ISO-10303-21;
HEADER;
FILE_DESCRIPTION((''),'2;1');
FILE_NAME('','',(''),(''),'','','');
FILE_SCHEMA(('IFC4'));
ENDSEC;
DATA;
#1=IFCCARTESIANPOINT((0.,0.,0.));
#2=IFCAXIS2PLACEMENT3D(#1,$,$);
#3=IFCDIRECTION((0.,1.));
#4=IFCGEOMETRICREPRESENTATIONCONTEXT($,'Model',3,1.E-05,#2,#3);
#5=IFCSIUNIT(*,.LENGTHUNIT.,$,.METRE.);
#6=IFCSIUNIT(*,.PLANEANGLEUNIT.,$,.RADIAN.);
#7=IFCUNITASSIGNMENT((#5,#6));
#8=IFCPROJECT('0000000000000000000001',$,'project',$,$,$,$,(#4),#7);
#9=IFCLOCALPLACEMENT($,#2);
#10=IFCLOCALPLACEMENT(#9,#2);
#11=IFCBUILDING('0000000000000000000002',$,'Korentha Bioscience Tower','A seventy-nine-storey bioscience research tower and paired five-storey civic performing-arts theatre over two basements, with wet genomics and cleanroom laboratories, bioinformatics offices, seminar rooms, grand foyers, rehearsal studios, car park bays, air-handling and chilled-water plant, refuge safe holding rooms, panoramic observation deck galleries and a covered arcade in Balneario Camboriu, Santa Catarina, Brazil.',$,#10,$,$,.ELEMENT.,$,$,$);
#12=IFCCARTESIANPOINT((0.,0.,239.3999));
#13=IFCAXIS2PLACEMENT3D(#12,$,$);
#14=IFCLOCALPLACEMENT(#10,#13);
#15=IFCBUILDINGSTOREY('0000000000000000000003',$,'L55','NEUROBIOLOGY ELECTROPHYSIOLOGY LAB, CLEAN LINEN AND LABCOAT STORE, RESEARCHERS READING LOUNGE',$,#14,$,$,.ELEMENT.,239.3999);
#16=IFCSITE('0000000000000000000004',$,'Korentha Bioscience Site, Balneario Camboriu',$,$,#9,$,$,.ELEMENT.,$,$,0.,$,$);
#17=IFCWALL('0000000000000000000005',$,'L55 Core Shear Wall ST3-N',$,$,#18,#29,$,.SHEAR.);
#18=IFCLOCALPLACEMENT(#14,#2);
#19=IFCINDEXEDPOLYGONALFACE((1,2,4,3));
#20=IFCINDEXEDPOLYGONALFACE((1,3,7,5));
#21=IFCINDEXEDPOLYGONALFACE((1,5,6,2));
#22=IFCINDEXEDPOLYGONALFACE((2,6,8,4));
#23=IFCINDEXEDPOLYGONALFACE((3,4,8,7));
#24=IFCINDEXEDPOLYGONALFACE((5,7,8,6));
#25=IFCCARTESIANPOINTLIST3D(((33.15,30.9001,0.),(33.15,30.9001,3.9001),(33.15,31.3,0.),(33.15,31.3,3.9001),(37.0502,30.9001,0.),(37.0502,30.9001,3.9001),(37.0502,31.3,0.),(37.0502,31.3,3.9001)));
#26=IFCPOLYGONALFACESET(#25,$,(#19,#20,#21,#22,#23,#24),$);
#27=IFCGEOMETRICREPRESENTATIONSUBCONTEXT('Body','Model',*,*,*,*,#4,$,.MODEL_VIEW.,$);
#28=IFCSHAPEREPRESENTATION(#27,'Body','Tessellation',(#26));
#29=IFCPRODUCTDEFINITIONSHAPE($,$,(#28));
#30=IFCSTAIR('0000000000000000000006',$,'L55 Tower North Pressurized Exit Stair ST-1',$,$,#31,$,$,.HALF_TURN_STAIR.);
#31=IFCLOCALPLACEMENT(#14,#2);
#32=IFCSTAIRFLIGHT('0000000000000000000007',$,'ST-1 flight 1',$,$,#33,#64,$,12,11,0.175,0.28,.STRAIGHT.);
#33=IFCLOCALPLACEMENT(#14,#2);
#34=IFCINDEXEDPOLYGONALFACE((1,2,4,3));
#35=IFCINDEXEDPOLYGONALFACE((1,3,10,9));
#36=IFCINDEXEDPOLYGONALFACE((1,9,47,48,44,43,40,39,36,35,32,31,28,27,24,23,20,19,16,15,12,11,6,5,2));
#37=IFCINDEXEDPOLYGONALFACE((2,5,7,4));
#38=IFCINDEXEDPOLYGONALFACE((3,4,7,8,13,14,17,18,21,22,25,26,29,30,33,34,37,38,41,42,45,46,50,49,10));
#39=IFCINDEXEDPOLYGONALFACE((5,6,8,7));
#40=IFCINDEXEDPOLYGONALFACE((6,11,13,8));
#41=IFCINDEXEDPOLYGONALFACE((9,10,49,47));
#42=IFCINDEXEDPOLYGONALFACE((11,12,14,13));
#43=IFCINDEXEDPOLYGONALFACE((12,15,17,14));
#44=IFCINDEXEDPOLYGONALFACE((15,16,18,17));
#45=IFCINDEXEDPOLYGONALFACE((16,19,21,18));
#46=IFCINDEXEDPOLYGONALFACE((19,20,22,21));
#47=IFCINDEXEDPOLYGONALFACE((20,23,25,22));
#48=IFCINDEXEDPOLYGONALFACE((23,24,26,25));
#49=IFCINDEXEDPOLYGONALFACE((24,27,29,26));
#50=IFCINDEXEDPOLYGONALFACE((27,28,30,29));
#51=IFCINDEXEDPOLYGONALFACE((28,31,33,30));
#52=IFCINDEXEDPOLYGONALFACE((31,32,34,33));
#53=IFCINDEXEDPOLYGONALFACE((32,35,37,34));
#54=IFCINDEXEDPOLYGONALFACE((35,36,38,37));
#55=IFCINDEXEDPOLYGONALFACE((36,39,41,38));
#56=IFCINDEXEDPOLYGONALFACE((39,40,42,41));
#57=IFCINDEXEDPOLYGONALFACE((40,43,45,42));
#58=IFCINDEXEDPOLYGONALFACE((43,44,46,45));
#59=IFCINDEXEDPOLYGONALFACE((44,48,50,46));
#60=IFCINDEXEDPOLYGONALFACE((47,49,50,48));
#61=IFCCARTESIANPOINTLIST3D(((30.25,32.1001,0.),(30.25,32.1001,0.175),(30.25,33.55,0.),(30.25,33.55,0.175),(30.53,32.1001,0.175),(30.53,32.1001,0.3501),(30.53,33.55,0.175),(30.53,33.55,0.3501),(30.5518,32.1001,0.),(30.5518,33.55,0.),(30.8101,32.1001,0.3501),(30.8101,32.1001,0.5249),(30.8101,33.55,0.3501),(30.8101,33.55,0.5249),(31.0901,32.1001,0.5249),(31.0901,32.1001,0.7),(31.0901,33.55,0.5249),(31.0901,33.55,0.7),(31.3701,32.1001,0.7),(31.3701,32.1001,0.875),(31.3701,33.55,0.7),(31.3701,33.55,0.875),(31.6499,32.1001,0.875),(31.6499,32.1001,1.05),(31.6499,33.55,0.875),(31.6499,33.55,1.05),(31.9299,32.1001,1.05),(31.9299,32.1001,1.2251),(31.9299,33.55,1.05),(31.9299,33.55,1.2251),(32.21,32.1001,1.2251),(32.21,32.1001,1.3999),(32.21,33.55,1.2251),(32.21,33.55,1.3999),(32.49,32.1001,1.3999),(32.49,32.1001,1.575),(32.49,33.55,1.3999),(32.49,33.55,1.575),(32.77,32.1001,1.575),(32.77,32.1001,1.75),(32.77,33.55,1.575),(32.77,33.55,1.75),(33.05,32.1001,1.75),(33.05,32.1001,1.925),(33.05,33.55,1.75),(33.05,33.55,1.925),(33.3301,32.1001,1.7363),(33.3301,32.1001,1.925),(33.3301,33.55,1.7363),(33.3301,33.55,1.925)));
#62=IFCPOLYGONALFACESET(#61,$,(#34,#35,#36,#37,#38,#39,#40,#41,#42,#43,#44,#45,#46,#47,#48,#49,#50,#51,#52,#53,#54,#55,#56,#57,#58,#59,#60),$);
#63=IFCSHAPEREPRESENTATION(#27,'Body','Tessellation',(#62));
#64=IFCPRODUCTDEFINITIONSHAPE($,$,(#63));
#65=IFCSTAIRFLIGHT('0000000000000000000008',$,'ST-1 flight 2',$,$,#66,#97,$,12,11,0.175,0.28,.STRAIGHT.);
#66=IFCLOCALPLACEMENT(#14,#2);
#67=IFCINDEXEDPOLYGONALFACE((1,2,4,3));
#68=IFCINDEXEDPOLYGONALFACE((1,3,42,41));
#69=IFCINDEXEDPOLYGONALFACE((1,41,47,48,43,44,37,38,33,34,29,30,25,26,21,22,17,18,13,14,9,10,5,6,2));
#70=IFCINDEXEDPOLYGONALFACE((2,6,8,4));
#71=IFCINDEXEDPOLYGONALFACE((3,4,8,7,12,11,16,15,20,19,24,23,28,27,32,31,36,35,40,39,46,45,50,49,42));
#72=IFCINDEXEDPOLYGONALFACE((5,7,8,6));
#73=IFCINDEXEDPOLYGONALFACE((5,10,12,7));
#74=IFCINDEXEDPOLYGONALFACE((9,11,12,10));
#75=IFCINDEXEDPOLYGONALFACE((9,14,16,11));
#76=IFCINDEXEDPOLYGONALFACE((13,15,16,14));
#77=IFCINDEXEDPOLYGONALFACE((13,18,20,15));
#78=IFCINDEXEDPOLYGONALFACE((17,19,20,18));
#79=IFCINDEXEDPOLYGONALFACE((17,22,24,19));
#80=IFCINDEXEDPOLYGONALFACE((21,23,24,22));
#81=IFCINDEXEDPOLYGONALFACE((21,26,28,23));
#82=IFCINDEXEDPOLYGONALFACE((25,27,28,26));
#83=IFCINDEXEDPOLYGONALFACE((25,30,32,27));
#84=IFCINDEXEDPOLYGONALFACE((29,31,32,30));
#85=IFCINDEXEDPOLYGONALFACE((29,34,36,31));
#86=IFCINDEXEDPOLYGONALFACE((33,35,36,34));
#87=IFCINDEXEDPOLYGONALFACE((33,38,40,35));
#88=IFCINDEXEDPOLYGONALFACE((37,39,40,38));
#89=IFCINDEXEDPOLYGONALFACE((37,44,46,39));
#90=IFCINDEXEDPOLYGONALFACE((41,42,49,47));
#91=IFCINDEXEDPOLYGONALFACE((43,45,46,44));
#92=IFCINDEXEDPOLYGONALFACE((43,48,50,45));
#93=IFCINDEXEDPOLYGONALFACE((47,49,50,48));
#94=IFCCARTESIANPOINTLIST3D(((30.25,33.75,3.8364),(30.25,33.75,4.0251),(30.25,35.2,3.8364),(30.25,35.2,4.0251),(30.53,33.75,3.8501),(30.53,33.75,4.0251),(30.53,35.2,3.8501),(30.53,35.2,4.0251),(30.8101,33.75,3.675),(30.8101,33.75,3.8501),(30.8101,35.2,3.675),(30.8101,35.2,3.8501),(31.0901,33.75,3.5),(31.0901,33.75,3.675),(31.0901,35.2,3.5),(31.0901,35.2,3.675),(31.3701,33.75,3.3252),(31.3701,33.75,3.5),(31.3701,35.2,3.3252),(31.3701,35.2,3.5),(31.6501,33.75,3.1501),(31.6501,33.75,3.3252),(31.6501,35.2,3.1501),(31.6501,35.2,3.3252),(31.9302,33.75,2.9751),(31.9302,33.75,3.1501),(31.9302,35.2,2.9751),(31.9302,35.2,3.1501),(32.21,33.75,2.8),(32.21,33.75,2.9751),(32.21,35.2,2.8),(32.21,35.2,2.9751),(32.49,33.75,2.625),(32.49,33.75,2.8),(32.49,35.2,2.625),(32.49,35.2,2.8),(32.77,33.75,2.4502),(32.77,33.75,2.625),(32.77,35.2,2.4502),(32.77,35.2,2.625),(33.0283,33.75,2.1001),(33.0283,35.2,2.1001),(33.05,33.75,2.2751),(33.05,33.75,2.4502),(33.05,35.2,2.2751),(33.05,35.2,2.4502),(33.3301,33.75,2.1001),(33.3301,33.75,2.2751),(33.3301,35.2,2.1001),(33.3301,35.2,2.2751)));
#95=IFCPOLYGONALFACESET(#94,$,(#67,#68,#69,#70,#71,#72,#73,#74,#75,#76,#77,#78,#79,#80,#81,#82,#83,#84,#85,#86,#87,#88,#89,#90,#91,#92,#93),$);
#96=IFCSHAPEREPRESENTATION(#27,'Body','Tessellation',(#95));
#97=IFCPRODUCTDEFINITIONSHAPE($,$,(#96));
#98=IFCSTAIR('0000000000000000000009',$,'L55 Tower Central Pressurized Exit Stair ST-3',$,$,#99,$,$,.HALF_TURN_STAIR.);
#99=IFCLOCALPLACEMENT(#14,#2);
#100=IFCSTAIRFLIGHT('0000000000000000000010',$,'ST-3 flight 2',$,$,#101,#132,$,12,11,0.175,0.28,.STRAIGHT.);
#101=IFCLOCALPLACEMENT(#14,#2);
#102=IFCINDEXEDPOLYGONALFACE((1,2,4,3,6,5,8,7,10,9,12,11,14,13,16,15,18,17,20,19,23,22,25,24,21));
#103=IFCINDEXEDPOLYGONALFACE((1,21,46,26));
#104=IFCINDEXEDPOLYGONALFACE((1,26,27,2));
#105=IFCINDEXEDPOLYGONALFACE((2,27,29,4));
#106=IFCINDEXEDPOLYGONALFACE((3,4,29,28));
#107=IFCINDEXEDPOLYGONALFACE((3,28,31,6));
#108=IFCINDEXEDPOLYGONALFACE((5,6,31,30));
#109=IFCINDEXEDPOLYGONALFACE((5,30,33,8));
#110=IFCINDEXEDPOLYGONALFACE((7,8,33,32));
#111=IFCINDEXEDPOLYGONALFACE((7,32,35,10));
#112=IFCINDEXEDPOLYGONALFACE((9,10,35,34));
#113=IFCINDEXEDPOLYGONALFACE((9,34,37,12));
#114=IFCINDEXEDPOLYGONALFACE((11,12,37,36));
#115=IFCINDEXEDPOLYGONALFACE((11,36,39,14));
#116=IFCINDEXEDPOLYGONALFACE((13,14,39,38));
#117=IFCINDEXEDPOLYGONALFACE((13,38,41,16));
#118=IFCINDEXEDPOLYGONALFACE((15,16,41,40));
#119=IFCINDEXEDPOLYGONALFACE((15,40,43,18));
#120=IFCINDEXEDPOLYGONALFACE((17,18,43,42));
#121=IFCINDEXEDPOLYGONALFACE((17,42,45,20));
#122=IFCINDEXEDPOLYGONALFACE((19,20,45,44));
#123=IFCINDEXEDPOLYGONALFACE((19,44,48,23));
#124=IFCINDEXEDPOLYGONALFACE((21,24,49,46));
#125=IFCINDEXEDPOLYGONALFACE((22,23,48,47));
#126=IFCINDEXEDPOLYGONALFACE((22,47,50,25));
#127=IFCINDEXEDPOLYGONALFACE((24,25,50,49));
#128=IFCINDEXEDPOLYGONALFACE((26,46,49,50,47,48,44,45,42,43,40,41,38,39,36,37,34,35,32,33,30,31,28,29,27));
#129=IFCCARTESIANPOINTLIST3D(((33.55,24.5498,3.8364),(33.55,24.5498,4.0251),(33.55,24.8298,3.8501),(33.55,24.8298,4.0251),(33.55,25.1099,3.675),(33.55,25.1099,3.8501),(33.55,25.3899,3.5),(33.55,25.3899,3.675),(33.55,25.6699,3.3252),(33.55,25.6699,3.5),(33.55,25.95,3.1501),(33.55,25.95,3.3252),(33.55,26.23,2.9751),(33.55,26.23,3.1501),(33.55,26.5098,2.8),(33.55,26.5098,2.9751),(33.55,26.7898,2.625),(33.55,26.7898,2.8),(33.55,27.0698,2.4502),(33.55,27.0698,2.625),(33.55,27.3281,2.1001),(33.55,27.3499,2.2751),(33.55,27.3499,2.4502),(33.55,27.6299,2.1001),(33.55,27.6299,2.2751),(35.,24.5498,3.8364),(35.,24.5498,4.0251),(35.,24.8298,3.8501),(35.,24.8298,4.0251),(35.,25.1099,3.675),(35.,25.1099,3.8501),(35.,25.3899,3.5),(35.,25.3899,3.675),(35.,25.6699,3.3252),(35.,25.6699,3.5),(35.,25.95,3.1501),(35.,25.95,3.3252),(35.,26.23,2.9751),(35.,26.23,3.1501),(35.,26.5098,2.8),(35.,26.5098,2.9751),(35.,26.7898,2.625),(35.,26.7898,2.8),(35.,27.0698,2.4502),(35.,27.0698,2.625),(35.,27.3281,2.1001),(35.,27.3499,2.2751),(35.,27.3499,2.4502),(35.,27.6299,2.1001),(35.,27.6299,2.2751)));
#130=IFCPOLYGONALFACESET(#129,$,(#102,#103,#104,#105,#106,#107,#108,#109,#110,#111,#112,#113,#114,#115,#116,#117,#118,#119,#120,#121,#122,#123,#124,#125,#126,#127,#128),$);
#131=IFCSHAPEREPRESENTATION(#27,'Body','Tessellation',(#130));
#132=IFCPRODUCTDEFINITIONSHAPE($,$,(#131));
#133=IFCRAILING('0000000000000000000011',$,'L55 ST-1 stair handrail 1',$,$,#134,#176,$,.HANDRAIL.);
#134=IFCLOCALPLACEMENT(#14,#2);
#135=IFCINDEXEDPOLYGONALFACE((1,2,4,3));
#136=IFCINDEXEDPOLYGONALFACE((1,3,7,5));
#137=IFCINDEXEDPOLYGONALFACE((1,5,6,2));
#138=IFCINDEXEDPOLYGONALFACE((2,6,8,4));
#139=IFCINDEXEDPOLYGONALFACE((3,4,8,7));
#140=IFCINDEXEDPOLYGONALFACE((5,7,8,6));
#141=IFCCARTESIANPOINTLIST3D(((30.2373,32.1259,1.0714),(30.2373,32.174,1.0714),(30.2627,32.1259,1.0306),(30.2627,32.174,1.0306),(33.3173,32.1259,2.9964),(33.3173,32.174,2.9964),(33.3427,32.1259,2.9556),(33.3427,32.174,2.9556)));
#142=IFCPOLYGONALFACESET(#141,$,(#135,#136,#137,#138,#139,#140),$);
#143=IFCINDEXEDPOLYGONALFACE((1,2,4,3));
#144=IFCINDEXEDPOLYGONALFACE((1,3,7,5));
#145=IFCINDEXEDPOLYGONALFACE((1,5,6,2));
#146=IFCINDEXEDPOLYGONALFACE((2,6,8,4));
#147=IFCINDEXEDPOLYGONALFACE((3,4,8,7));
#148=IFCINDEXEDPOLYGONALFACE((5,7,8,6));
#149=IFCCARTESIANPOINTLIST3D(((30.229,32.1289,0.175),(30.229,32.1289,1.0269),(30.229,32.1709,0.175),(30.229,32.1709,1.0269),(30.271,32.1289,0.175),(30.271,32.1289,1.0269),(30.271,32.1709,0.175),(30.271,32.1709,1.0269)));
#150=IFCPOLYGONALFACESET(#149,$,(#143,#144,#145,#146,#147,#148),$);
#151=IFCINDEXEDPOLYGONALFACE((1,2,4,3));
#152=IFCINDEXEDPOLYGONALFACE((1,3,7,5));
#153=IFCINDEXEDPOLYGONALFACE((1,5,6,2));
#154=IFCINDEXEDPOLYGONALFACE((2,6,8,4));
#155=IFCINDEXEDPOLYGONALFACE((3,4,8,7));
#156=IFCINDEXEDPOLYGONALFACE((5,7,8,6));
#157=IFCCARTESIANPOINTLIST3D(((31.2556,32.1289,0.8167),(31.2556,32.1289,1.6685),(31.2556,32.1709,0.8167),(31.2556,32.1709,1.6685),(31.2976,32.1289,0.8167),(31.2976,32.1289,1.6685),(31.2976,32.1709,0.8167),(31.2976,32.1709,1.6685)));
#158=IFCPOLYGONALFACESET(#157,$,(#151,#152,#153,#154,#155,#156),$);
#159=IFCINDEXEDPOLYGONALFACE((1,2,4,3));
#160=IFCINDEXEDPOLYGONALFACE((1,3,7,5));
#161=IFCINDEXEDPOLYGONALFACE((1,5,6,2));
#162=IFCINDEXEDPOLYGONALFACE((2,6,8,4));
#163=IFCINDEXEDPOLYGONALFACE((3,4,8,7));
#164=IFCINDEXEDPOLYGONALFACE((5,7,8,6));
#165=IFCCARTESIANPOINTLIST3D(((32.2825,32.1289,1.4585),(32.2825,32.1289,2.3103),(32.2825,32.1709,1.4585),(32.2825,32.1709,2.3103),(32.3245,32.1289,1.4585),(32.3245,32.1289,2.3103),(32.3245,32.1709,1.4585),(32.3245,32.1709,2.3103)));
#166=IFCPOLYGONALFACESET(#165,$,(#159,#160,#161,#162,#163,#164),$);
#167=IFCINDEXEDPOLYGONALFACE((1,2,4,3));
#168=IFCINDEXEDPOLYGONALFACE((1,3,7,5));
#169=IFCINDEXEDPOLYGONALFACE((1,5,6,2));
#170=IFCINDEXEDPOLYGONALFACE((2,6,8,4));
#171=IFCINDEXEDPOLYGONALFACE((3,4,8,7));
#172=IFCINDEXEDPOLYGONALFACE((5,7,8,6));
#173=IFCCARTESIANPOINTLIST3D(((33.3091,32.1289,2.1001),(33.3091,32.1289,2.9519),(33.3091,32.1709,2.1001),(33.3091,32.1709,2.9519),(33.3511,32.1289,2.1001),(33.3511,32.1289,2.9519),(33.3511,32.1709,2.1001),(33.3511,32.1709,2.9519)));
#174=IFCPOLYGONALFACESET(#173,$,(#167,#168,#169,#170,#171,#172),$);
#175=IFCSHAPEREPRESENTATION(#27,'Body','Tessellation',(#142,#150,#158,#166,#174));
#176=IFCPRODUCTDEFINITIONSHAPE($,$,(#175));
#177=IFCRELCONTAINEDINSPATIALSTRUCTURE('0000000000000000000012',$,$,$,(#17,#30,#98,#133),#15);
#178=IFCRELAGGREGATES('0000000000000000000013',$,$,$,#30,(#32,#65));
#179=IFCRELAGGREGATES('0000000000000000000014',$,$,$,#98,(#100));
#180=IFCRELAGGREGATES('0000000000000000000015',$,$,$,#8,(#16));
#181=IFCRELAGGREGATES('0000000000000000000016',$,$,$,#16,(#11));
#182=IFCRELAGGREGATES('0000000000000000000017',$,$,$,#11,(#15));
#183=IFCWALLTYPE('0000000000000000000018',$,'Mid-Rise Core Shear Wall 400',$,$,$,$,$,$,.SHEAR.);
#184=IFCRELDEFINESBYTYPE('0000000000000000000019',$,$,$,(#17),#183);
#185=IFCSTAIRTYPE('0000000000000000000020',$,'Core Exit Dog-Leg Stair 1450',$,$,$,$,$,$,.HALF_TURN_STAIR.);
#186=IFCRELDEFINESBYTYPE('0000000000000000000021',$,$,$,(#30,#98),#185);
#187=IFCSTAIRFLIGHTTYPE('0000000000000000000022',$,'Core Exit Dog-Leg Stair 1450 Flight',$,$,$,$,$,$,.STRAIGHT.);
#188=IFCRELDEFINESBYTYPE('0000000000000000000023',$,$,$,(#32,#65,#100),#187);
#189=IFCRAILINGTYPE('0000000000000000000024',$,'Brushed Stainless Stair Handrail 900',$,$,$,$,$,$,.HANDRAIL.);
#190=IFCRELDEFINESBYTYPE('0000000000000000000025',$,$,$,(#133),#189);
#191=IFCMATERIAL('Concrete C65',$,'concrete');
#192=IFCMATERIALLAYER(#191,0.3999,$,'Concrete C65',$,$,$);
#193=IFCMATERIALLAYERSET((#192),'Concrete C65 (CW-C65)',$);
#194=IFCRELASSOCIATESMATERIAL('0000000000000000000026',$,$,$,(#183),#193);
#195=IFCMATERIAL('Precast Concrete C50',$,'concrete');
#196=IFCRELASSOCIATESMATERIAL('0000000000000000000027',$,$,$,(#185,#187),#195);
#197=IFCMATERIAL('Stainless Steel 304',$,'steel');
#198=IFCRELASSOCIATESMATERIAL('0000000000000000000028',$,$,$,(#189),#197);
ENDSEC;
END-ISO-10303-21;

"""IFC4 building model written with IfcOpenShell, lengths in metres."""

from ifc_helpers import new_model, si_unit, direction, frame, frame_2d, origin, origin_2d, place, context, subcontext, project, spatial, polyline, rectangle, outline, extrude, material, layer, layer_set, type_object, element, aggregate, save


model = new_model("IFC4")

# Units and contexts
model_context = context("Model", 3, precision=1e-05, world=origin(), true_north=direction((0.0, 1.0)))
body_context = subcontext(model_context, "Body", "Model", "MODEL_VIEW")
ifc_project = project(units=[si_unit("LENGTHUNIT", "METRE"), si_unit("PLANEANGLEUNIT", "RADIAN")], contexts=[model_context])

# Site, building, storey
site_placement = place(None, origin())
site = spatial("IfcSite", under=ifc_project, at=site_placement, Name="Korentha Bioscience Site, Balneario Camboriu", CompositionType="ELEMENT", RefElevation=0.0)
building_placement = place(site_placement, origin())
building = spatial("IfcBuilding", under=site, at=building_placement, Name="Korentha Bioscience Tower", Description="A seventy-nine-storey bioscience research tower and paired five-storey civic performing-arts theatre over two basements, with wet genomics and cleanroom laboratories, bioinformatics offices, seminar rooms, grand foyers, rehearsal studios, car park bays, air-handling and chilled-water plant, refuge safe holding rooms, panoramic observation deck galleries and a covered arcade in Balneario Camboriu, Santa Catarina, Brazil.", CompositionType="ELEMENT")
storey_placement = place(building_placement, frame((0.0, 0.0, 239.3999)))
storey = spatial("IfcBuildingStorey", under=building, at=storey_placement, Name="L55", Description="NEUROBIOLOGY ELECTROPHYSIOLOGY LAB, CLEAN LINEN AND LABCOAT STORE, RESEARCHERS READING LOUNGE", CompositionType="ELEMENT", Elevation=239.3999)

# Shared definitions
ifc_material_1 = material(Name="Concrete C65", Category="concrete")

# Wall
ifc_layer_1 = layer(ifc_material_1, 0.3999, Name="Concrete C65")
ifc_layer_set_1 = layer_set([ifc_layer_1], Name="Concrete C65 (CW-C65)")
wall_type_1 = type_object("IfcWallType", Name="Mid-Rise Core Shear Wall 400", PredefinedType="SHEAR", material=ifc_layer_set_1)
wall_1_placement = place(storey_placement, frame((33.1499, 31.1001, 0.0), z_axis=(0.0, 0.0, 1.0), x_axis=(1.0, 0.0, 0.0)))
element("IfcWall", 1, at=wall_1_placement, inside=storey, type_object=wall_type_1, Name="L55 Core Shear Wall ST3-N", PredefinedType="SHEAR", context=body_context, shape_type="SweptSolid", body=[
    extrude(rectangle(XDim=3.9001, YDim=0.3999, at=frame_2d((1.9502, 0.0))), origin(), (0.0, 0.0, 1.0), 3.9001),
])

# Stair, stair flights
ifc_material_2 = material(Name="Precast Concrete C50", Category="concrete")
stair_type = type_object("IfcStairType", Name="Core Exit Dog-Leg Stair 1450", PredefinedType="HALF_TURN_STAIR", material=ifc_material_2)
stair_1_placement = place(storey_placement, origin())
stair_1 = element("IfcStair", 2, at=stair_1_placement, inside=storey, type_object=stair_type, Name="L55 Tower North Pressurized Exit Stair ST-1", PredefinedType="HALF_TURN_STAIR")
stair_flight_type = type_object("IfcStairFlightType", Name="Core Exit Dog-Leg Stair 1450 Flight", PredefinedType="STRAIGHT", material=ifc_material_2)
stair_flight_1_placement = place(storey_placement, frame((30.25, 32.825, 0.0), z_axis=(0.0, 0.0, 1.0), x_axis=(1.0, 0.0, 0.0)))
stair_flight_1 = element("IfcStairFlight", 3, at=stair_flight_1_placement, type_object=stair_flight_type, Name="ST-1 flight 1", NumberOfRisers=12, NumberOfTreads=11, PredefinedType="STRAIGHT", RiserHeight=0.175, TreadLength=0.28, context=body_context, shape_type="SweptSolid", body=[
    extrude(outline(polyline([(0.0, 0.0), (0.0, 0.175), (0.28, 0.175), (0.28, 0.3501), (0.5601, 0.3501), (0.5601, 0.5249), (0.8401, 0.5249), (0.8401, 0.7), (1.1201, 0.7), (1.1201, 0.875), (1.3999, 0.875), (1.3999, 1.05), (1.6799, 1.05), (1.6799, 1.2251), (1.96, 1.2251), (1.96, 1.3999), (2.24, 1.3999), (2.24, 1.575), (2.52, 1.575), (2.52, 1.75), (2.8, 1.75), (2.8, 1.925), (3.0801, 1.925), (3.0801, 2.1001), (3.0801, 1.7363), (0.3018, 0.0), (0.0, 0.0)])), frame((0.0, 0.7251, 0.0), z_axis=(0.0, -1.0, 0.0), x_axis=(1.0, 0.0, 0.0)), (0.0, 0.0, 1.0), 1.45),
])
stair_flight_2_placement = place(storey_placement, frame((33.3301, 34.4751, 2.1001), z_axis=(0.0, 0.0, 1.0), x_axis=(-1.0, 0.0, 0.0)))
stair_flight_2 = element("IfcStairFlight", 4, at=stair_flight_2_placement, type_object=stair_flight_type, Name="ST-1 flight 2", NumberOfRisers=12, NumberOfTreads=11, PredefinedType="STRAIGHT", RiserHeight=0.175, TreadLength=0.28, context=body_context, shape_type="SweptSolid", body=[
    extrude(outline(polyline([(0.0, 0.0), (0.0, 0.175), (0.28, 0.175), (0.28, 0.3501), (0.5601, 0.3501), (0.5601, 0.5249), (0.8401, 0.5249), (0.8401, 0.7), (1.1201, 0.7), (1.1201, 0.875), (1.3999, 0.875), (1.3999, 1.05), (1.6799, 1.05), (1.6799, 1.2251), (1.96, 1.2251), (1.96, 1.3999), (2.24, 1.3999), (2.24, 1.575), (2.52, 1.575), (2.52, 1.75), (2.8, 1.75), (2.8, 1.925), (3.0801, 1.925), (3.0801, 2.1001), (3.0801, 1.7363), (0.3018, 0.0), (0.0, 0.0)])), frame((0.0, 0.7251, 0.0), z_axis=(0.0, -1.0, 0.0), x_axis=(1.0, 0.0, 0.0)), (0.0, 0.0, 1.0), 1.45),
])
aggregate(stair_1, [stair_flight_1, stair_flight_2])

# Stair, stair flight
stair_2_placement = place(storey_placement, origin())
stair_2 = element("IfcStair", 5, at=stair_2_placement, inside=storey, type_object=stair_type, Name="L55 Tower Central Pressurized Exit Stair ST-3", PredefinedType="HALF_TURN_STAIR")
stair_flight_3_placement = place(storey_placement, frame((34.2749, 27.6299, 2.1001), z_axis=(0.0, 0.0, 1.0), x_axis=(0.0, -1.0, 0.0)))
stair_flight_3 = element("IfcStairFlight", 6, at=stair_flight_3_placement, type_object=stair_flight_type, Name="ST-3 flight 2", NumberOfRisers=12, NumberOfTreads=11, PredefinedType="STRAIGHT", RiserHeight=0.175, TreadLength=0.28, context=body_context, shape_type="SweptSolid", body=[
    extrude(outline(polyline([(0.0, 0.0), (0.0, 0.175), (0.28, 0.175), (0.28, 0.3501), (0.5601, 0.3501), (0.5601, 0.5249), (0.8401, 0.5249), (0.8401, 0.7), (1.1201, 0.7), (1.1201, 0.875), (1.3999, 0.875), (1.3999, 1.05), (1.6799, 1.05), (1.6799, 1.2251), (1.96, 1.2251), (1.96, 1.3999), (2.24, 1.3999), (2.24, 1.575), (2.52, 1.575), (2.52, 1.75), (2.8, 1.75), (2.8, 1.925), (3.0801, 1.925), (3.0801, 2.1001), (3.0801, 1.7363), (0.3018, 0.0), (0.0, 0.0)])), frame((0.0, 0.7251, 0.0), z_axis=(0.0, -1.0, 0.0), x_axis=(1.0, 0.0, 0.0)), (0.0, 0.0, 1.0), 1.45),
])
aggregate(stair_2, [stair_flight_3])

# Railing
ifc_material_3 = material(Name="Stainless Steel 304", Category="steel")
railing_type_1 = type_object("IfcRailingType", Name="Brushed Stainless Stair Handrail 900", PredefinedType="HANDRAIL", material=ifc_material_3)
railing_1_placement = place(storey_placement, frame((30.25, 32.1499, 0.175)))
element("IfcRailing", 7, at=railing_1_placement, inside=storey, type_object=railing_type_1, Name="L55 ST-1 stair handrail 1", PredefinedType="HANDRAIL", context=body_context, shape_type="SweptSolid", body=[
    extrude(rectangle(XDim=0.0481, YDim=0.0481, at=origin_2d()), frame((0.0, 0.0, 0.876), z_axis=(0.847998, 0.0, 0.529999), x_axis=(0.0, 1.0, 0.0)), (0.0, 0.0, 1.0), 3.6321),
    extrude(rectangle(XDim=0.042, YDim=0.042, at=origin_2d()), origin(), (0.0, 0.0, 1.0), 0.8518),
    extrude(rectangle(XDim=0.042, YDim=0.042, at=origin_2d()), frame((1.0266, 0.0, 0.6416)), (0.0, 0.0, 1.0), 0.8518),
    extrude(rectangle(XDim=0.042, YDim=0.042, at=origin_2d()), frame((2.0535, 0.0, 1.2834)), (0.0, 0.0, 1.0), 0.8518),
    extrude(rectangle(XDim=0.042, YDim=0.042, at=origin_2d()), frame((3.0801, 0.0, 1.925)), (0.0, 0.0, 1.0), 0.8518),
])

save(model, "model.ifc")
